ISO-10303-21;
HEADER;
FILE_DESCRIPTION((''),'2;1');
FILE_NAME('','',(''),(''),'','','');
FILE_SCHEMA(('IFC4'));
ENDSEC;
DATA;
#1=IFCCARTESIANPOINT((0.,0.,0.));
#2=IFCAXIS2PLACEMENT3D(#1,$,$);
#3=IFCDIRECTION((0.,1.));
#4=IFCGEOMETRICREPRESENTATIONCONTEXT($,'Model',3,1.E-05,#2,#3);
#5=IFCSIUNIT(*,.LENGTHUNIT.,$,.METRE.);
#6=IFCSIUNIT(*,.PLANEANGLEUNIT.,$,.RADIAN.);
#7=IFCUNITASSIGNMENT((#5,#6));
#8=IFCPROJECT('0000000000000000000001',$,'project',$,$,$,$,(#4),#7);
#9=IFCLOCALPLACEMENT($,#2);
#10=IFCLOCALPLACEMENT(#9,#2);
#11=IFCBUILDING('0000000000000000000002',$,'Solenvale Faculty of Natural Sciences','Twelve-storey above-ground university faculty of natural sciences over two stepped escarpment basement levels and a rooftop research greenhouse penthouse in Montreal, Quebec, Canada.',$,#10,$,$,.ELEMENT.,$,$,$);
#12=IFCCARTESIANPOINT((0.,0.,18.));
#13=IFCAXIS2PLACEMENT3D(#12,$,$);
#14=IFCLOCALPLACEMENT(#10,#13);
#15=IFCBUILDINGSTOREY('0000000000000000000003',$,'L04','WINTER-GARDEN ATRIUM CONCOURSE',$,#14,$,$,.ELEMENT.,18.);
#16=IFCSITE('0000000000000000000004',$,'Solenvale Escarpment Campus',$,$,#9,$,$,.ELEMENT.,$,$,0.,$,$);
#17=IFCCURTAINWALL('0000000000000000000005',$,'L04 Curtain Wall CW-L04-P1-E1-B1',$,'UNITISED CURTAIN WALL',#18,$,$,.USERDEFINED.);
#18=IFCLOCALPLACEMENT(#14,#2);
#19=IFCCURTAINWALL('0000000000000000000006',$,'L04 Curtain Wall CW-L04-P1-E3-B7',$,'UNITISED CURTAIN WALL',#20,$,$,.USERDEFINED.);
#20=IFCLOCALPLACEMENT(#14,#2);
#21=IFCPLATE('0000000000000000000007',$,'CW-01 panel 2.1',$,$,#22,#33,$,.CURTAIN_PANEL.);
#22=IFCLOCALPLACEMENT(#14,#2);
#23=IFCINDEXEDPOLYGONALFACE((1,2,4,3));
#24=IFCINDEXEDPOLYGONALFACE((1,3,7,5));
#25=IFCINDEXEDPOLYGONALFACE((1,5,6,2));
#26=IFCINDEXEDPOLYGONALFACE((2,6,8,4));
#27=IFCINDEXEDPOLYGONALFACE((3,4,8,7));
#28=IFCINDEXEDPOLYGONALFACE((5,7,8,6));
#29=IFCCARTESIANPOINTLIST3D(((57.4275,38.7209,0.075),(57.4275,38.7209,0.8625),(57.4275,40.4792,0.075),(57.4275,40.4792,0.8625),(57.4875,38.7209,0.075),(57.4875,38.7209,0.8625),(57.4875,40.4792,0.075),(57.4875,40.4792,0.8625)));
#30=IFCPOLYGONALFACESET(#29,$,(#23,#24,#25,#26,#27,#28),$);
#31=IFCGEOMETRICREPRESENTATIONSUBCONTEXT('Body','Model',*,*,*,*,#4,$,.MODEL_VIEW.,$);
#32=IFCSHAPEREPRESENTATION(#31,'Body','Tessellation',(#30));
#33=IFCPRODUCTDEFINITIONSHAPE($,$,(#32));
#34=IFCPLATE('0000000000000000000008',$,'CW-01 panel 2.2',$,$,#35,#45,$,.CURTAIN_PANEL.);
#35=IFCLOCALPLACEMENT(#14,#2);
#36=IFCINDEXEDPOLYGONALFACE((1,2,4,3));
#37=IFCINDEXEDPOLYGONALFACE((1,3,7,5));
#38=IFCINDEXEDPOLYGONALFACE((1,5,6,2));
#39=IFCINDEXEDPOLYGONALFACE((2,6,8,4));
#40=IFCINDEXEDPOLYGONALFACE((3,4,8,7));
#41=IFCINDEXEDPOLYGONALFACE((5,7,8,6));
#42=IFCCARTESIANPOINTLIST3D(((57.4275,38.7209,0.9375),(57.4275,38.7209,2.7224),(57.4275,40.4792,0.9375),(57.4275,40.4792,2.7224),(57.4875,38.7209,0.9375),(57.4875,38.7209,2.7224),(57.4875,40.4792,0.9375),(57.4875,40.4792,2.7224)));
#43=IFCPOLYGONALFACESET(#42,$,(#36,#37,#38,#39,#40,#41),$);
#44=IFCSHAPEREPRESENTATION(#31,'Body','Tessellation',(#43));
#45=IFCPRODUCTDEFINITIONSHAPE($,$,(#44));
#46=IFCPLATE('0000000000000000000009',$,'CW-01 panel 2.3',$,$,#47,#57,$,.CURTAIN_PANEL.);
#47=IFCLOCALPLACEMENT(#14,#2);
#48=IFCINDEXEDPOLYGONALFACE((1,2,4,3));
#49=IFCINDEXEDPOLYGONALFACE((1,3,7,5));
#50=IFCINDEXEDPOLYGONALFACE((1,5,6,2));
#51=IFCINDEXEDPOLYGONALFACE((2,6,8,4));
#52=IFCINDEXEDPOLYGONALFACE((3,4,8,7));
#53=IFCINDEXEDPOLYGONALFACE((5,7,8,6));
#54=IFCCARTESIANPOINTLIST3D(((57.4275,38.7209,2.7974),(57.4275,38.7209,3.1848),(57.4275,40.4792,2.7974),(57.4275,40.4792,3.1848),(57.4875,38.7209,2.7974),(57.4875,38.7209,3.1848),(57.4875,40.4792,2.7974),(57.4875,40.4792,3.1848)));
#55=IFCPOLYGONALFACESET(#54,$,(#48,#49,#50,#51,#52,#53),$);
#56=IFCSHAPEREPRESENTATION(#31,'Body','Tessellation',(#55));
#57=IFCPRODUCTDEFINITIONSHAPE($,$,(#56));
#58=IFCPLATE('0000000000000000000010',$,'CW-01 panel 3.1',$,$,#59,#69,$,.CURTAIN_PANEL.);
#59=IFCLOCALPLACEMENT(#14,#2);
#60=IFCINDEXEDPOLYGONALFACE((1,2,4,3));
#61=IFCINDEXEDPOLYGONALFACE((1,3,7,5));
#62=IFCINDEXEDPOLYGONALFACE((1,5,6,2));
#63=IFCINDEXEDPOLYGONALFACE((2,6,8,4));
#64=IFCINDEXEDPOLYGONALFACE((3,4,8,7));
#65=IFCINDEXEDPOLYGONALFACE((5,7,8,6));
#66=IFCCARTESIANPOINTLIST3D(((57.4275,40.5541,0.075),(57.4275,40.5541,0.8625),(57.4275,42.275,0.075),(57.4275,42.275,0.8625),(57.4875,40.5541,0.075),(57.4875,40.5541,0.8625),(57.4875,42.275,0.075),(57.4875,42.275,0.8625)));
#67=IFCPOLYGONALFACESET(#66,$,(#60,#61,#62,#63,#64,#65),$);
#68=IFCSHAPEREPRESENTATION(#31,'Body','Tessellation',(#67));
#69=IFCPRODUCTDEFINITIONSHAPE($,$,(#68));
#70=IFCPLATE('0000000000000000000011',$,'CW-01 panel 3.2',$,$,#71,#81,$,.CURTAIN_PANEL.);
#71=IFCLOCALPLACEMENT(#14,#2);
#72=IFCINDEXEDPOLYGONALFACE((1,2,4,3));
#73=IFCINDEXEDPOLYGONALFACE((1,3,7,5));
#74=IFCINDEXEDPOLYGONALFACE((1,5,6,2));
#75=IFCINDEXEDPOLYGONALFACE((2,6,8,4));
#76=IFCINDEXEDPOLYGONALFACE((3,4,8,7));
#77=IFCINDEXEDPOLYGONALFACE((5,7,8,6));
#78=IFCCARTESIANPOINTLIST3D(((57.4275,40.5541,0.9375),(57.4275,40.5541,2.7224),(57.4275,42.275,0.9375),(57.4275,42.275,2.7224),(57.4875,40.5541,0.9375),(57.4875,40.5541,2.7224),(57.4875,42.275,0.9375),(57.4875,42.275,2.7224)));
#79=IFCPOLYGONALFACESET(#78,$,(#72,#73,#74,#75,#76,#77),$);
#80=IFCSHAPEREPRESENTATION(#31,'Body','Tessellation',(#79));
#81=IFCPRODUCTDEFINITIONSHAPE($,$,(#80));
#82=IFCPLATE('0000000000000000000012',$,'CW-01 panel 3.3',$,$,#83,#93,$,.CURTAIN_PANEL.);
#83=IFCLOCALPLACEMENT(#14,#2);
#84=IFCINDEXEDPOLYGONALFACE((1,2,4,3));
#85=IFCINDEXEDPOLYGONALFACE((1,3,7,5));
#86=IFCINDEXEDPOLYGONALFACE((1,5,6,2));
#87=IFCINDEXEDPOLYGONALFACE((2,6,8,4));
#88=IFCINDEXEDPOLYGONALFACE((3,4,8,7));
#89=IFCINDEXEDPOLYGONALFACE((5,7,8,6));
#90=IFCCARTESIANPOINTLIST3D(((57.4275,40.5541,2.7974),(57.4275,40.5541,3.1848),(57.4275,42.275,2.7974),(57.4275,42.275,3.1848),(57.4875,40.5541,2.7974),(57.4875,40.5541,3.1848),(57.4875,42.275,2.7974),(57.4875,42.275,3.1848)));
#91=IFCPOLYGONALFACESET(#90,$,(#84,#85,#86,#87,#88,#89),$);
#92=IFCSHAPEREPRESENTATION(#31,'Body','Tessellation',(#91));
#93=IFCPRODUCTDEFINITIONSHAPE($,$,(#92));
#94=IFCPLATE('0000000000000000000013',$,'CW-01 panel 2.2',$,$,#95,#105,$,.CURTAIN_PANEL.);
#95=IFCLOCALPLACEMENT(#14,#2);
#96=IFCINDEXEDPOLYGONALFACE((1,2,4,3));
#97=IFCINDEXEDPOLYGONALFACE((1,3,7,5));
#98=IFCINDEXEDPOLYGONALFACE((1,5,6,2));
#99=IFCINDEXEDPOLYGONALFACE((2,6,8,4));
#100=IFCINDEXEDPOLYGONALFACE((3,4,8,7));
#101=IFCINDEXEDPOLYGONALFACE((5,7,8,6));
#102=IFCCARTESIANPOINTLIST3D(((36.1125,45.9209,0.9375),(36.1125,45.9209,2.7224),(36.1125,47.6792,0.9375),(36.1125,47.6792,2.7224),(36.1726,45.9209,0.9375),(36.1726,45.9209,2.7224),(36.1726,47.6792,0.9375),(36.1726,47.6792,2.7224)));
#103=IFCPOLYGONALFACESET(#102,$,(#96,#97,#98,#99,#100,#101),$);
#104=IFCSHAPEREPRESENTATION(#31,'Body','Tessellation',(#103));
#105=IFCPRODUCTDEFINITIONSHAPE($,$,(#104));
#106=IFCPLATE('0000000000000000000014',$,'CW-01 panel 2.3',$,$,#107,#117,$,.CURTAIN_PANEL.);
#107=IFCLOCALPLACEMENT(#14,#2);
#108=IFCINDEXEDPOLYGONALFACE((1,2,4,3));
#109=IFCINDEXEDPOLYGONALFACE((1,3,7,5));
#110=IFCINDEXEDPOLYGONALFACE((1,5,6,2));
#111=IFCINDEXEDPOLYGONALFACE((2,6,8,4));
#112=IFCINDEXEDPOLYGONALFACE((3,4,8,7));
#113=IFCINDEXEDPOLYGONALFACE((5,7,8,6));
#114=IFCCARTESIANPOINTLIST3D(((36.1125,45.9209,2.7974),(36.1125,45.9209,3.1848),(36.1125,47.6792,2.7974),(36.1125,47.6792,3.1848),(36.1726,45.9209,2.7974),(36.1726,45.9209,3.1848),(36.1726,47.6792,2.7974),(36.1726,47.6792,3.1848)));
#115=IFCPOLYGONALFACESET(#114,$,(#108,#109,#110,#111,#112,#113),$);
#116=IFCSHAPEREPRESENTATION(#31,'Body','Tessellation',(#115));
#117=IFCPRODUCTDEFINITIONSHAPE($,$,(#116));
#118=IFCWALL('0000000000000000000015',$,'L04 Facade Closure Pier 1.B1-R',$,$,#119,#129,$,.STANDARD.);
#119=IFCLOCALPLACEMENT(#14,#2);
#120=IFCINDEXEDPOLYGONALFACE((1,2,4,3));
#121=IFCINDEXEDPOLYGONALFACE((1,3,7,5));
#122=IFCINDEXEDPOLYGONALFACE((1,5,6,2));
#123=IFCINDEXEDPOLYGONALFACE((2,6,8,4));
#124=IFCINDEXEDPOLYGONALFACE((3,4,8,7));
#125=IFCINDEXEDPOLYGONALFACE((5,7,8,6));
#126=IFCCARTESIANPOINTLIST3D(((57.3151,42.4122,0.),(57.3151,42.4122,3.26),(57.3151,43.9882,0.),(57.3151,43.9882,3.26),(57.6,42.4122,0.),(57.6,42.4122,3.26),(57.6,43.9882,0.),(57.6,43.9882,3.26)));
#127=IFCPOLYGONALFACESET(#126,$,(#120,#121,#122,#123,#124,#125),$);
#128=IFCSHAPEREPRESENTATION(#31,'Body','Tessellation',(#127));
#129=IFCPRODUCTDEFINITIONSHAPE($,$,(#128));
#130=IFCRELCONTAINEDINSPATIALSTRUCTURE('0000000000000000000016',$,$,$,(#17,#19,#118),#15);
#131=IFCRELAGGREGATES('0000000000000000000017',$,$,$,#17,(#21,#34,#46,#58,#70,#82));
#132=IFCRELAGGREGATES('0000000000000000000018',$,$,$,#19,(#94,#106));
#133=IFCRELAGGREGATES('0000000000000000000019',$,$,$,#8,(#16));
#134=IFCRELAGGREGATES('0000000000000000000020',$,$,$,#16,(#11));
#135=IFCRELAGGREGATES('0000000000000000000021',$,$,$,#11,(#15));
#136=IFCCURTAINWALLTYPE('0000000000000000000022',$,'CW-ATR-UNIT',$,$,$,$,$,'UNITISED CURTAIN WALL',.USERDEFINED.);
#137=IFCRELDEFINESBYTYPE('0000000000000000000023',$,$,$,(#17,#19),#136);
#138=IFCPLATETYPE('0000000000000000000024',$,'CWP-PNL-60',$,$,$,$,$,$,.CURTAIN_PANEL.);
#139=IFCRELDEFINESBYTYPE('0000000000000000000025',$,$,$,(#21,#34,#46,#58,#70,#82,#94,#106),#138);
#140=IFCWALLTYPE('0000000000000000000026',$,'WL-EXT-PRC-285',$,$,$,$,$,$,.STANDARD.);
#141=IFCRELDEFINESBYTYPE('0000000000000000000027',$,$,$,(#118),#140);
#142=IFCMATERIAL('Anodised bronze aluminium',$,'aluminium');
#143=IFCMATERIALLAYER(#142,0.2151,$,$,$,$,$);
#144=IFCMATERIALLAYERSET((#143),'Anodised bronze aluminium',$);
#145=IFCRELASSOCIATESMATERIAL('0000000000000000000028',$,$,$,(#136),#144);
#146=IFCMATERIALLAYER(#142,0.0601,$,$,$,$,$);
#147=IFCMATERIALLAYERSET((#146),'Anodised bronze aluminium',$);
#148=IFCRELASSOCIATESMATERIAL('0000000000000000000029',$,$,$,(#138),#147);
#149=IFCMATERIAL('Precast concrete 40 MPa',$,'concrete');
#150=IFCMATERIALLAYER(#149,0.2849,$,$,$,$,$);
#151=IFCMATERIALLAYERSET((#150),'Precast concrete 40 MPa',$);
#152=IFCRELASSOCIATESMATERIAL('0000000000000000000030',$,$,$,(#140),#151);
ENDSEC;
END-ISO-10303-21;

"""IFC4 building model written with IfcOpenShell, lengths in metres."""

from ifc_helpers import new_model, si_unit, direction, frame, frame_2d, origin, origin_2d, place, context, subcontext, project, spatial, rectangle, extrude, material, layer, layer_set, type_object, element, aggregate, save


model = new_model("IFC4")

# Units and contexts
model_context = context("Model", 3, precision=1e-05, world=origin(), true_north=direction((0.0, 1.0)))
body_context = subcontext(model_context, "Body", "Model", "MODEL_VIEW")
ifc_project = project(units=[si_unit("LENGTHUNIT", "METRE"), si_unit("PLANEANGLEUNIT", "RADIAN")], contexts=[model_context])

# Site, building, storey
site_placement = place(None, origin())
site = spatial("IfcSite", under=ifc_project, at=site_placement, Name="Solenvale Escarpment Campus", CompositionType="ELEMENT", RefElevation=0.0)
building_placement = place(site_placement, origin())
building = spatial("IfcBuilding", under=site, at=building_placement, Name="Solenvale Faculty of Natural Sciences", Description="Twelve-storey above-ground university faculty of natural sciences over two stepped escarpment basement levels and a rooftop research greenhouse penthouse in Montreal, Quebec, Canada.", CompositionType="ELEMENT")
storey_placement = place(building_placement, frame((0.0, 0.0, 18.0)))
storey = spatial("IfcBuildingStorey", under=building, at=storey_placement, Name="L04", Description="WINTER-GARDEN ATRIUM CONCOURSE", CompositionType="ELEMENT", Elevation=18.0)

# Curtain wall
ifc_material_1 = material(Name="Anodised bronze aluminium", Category="aluminium")
ifc_layer_1 = layer(ifc_material_1, 0.2151)
ifc_layer_set_1 = layer_set([ifc_layer_1], Name="Anodised bronze aluminium")
curtain_wall_type = type_object("IfcCurtainWallType", Name="CW-ATR-UNIT", ElementType="UNITISED CURTAIN WALL", PredefinedType="USERDEFINED", material=ifc_layer_set_1)
curtain_wall_1_placement = place(storey_placement, origin())
curtain_wall_1 = element("IfcCurtainWall", 1, at=curtain_wall_1_placement, inside=storey, type_object=curtain_wall_type, Name="L04 Curtain Wall CW-L04-P1-E1-B1", ObjectType="UNITISED CURTAIN WALL", PredefinedType="USERDEFINED")

# Curtain wall
curtain_wall_2_placement = place(storey_placement, origin())
curtain_wall_2 = element("IfcCurtainWall", 2, at=curtain_wall_2_placement, inside=storey, type_object=curtain_wall_type, Name="L04 Curtain Wall CW-L04-P1-E3-B7", ObjectType="UNITISED CURTAIN WALL", PredefinedType="USERDEFINED")

# Plates
ifc_layer_2 = layer(ifc_material_1, 0.0601)
ifc_layer_set_2 = layer_set([ifc_layer_2], Name="Anodised bronze aluminium")
plate_type = type_object("IfcPlateType", Name="CWP-PNL-60", PredefinedType="CURTAIN_PANEL", material=ifc_layer_set_2)
plate_1_placement = place(storey_placement, frame((57.4575, 39.6001, 0.075), z_axis=(0.0, 0.0, 1.0), x_axis=(0.0, 1.0, 0.0)))
plate_1 = element("IfcPlate", 3, at=plate_1_placement, type_object=plate_type, Name="CW-01 panel 2.1", PredefinedType="CURTAIN_PANEL", context=body_context, shape_type="SweptSolid", body=[
    extrude(rectangle(XDim=1.7583, YDim=0.0601, at=origin_2d()), origin(), (0.0, 0.0, 1.0), 0.7876),
])
plate_2_placement = place(storey_placement, frame((57.4575, 39.6001, 0.9375), z_axis=(0.0, 0.0, 1.0), x_axis=(0.0, 1.0, 0.0)))
plate_2 = element("IfcPlate", 4, at=plate_2_placement, type_object=plate_type, Name="CW-01 panel 2.2", PredefinedType="CURTAIN_PANEL", context=body_context, shape_type="SweptSolid", body=[
    extrude(rectangle(XDim=1.7583, YDim=0.0601, at=origin_2d()), origin(), (0.0, 0.0, 1.0), 1.7849),
])
plate_3_placement = place(storey_placement, frame((57.4575, 39.6001, 2.7974), z_axis=(0.0, 0.0, 1.0), x_axis=(0.0, 1.0, 0.0)))
plate_3 = element("IfcPlate", 5, at=plate_3_placement, type_object=plate_type, Name="CW-01 panel 2.3", PredefinedType="CURTAIN_PANEL", context=body_context, shape_type="SweptSolid", body=[
    extrude(rectangle(XDim=1.7583, YDim=0.0601, at=origin_2d()), origin(), (0.0, 0.0, 1.0), 0.3875),
])
plate_4_placement = place(storey_placement, frame((57.4575, 41.4146, 0.075), z_axis=(0.0, 0.0, 1.0), x_axis=(0.0, 1.0, 0.0)))
plate_4 = element("IfcPlate", 6, at=plate_4_placement, type_object=plate_type, Name="CW-01 panel 3.1", PredefinedType="CURTAIN_PANEL", context=body_context, shape_type="SweptSolid", body=[
    extrude(rectangle(XDim=1.7209, YDim=0.0601, at=origin_2d()), origin(), (0.0, 0.0, 1.0), 0.7876),
])
plate_5_placement = place(storey_placement, frame((57.4575, 41.4146, 0.9375), z_axis=(0.0, 0.0, 1.0), x_axis=(0.0, 1.0, 0.0)))
plate_5 = element("IfcPlate", 7, at=plate_5_placement, type_object=plate_type, Name="CW-01 panel 3.2", PredefinedType="CURTAIN_PANEL", context=body_context, shape_type="SweptSolid", body=[
    extrude(rectangle(XDim=1.7209, YDim=0.0601, at=origin_2d()), origin(), (0.0, 0.0, 1.0), 1.7849),
])
plate_6_placement = place(storey_placement, frame((57.4575, 41.4146, 2.7974), z_axis=(0.0, 0.0, 1.0), x_axis=(0.0, 1.0, 0.0)))
plate_6 = element("IfcPlate", 8, at=plate_6_placement, type_object=plate_type, Name="CW-01 panel 3.3", PredefinedType="CURTAIN_PANEL", context=body_context, shape_type="SweptSolid", body=[
    extrude(rectangle(XDim=1.7209, YDim=0.0601, at=origin_2d()), origin(), (0.0, 0.0, 1.0), 0.3875),
])
aggregate(curtain_wall_1, [plate_1, plate_2, plate_3, plate_4, plate_5, plate_6])
plate_7_placement = place(storey_placement, frame((36.1426, 46.8, 0.9375), z_axis=(0.0, 0.0, 1.0), x_axis=(0.0, -1.0, 0.0)))
plate_7 = element("IfcPlate", 9, at=plate_7_placement, type_object=plate_type, Name="CW-01 panel 2.2", PredefinedType="CURTAIN_PANEL", context=body_context, shape_type="SweptSolid", body=[
    extrude(rectangle(XDim=1.7583, YDim=0.0601, at=origin_2d()), origin(), (0.0, 0.0, 1.0), 1.7849),
])
plate_8_placement = place(storey_placement, frame((36.1426, 46.8, 2.7974), z_axis=(0.0, 0.0, 1.0), x_axis=(0.0, -1.0, 0.0)))
plate_8 = element("IfcPlate", 10, at=plate_8_placement, type_object=plate_type, Name="CW-01 panel 2.3", PredefinedType="CURTAIN_PANEL", context=body_context, shape_type="SweptSolid", body=[
    extrude(rectangle(XDim=1.7583, YDim=0.0601, at=origin_2d()), origin(), (0.0, 0.0, 1.0), 0.3875),
])
aggregate(curtain_wall_2, [plate_7, plate_8])

# Wall
ifc_material_2 = material(Name="Precast concrete 40 MPa", Category="concrete")
ifc_layer_3 = layer(ifc_material_2, 0.2849)
ifc_layer_set_3 = layer_set([ifc_layer_3], Name="Precast concrete 40 MPa")
wall_type = type_object("IfcWallType", Name="WL-EXT-PRC-285", PredefinedType="STANDARD", material=ifc_layer_set_3)
wall_placement = place(storey_placement, frame((57.4575, 42.4121, 0.0), z_axis=(0.0, 0.0, 1.0), x_axis=(0.0, 1.0, 0.0)))
element("IfcWall", 11, at=wall_placement, inside=storey, type_object=wall_type, Name="L04 Facade Closure Pier 1.B1-R", PredefinedType="STANDARD", context=body_context, shape_type="SweptSolid", body=[
    extrude(rectangle(XDim=1.5759, YDim=0.2849, at=frame_2d((0.7881, 0.0))), origin(), (0.0, 0.0, 1.0), 3.26),
])

save(model, "model.ifc")
